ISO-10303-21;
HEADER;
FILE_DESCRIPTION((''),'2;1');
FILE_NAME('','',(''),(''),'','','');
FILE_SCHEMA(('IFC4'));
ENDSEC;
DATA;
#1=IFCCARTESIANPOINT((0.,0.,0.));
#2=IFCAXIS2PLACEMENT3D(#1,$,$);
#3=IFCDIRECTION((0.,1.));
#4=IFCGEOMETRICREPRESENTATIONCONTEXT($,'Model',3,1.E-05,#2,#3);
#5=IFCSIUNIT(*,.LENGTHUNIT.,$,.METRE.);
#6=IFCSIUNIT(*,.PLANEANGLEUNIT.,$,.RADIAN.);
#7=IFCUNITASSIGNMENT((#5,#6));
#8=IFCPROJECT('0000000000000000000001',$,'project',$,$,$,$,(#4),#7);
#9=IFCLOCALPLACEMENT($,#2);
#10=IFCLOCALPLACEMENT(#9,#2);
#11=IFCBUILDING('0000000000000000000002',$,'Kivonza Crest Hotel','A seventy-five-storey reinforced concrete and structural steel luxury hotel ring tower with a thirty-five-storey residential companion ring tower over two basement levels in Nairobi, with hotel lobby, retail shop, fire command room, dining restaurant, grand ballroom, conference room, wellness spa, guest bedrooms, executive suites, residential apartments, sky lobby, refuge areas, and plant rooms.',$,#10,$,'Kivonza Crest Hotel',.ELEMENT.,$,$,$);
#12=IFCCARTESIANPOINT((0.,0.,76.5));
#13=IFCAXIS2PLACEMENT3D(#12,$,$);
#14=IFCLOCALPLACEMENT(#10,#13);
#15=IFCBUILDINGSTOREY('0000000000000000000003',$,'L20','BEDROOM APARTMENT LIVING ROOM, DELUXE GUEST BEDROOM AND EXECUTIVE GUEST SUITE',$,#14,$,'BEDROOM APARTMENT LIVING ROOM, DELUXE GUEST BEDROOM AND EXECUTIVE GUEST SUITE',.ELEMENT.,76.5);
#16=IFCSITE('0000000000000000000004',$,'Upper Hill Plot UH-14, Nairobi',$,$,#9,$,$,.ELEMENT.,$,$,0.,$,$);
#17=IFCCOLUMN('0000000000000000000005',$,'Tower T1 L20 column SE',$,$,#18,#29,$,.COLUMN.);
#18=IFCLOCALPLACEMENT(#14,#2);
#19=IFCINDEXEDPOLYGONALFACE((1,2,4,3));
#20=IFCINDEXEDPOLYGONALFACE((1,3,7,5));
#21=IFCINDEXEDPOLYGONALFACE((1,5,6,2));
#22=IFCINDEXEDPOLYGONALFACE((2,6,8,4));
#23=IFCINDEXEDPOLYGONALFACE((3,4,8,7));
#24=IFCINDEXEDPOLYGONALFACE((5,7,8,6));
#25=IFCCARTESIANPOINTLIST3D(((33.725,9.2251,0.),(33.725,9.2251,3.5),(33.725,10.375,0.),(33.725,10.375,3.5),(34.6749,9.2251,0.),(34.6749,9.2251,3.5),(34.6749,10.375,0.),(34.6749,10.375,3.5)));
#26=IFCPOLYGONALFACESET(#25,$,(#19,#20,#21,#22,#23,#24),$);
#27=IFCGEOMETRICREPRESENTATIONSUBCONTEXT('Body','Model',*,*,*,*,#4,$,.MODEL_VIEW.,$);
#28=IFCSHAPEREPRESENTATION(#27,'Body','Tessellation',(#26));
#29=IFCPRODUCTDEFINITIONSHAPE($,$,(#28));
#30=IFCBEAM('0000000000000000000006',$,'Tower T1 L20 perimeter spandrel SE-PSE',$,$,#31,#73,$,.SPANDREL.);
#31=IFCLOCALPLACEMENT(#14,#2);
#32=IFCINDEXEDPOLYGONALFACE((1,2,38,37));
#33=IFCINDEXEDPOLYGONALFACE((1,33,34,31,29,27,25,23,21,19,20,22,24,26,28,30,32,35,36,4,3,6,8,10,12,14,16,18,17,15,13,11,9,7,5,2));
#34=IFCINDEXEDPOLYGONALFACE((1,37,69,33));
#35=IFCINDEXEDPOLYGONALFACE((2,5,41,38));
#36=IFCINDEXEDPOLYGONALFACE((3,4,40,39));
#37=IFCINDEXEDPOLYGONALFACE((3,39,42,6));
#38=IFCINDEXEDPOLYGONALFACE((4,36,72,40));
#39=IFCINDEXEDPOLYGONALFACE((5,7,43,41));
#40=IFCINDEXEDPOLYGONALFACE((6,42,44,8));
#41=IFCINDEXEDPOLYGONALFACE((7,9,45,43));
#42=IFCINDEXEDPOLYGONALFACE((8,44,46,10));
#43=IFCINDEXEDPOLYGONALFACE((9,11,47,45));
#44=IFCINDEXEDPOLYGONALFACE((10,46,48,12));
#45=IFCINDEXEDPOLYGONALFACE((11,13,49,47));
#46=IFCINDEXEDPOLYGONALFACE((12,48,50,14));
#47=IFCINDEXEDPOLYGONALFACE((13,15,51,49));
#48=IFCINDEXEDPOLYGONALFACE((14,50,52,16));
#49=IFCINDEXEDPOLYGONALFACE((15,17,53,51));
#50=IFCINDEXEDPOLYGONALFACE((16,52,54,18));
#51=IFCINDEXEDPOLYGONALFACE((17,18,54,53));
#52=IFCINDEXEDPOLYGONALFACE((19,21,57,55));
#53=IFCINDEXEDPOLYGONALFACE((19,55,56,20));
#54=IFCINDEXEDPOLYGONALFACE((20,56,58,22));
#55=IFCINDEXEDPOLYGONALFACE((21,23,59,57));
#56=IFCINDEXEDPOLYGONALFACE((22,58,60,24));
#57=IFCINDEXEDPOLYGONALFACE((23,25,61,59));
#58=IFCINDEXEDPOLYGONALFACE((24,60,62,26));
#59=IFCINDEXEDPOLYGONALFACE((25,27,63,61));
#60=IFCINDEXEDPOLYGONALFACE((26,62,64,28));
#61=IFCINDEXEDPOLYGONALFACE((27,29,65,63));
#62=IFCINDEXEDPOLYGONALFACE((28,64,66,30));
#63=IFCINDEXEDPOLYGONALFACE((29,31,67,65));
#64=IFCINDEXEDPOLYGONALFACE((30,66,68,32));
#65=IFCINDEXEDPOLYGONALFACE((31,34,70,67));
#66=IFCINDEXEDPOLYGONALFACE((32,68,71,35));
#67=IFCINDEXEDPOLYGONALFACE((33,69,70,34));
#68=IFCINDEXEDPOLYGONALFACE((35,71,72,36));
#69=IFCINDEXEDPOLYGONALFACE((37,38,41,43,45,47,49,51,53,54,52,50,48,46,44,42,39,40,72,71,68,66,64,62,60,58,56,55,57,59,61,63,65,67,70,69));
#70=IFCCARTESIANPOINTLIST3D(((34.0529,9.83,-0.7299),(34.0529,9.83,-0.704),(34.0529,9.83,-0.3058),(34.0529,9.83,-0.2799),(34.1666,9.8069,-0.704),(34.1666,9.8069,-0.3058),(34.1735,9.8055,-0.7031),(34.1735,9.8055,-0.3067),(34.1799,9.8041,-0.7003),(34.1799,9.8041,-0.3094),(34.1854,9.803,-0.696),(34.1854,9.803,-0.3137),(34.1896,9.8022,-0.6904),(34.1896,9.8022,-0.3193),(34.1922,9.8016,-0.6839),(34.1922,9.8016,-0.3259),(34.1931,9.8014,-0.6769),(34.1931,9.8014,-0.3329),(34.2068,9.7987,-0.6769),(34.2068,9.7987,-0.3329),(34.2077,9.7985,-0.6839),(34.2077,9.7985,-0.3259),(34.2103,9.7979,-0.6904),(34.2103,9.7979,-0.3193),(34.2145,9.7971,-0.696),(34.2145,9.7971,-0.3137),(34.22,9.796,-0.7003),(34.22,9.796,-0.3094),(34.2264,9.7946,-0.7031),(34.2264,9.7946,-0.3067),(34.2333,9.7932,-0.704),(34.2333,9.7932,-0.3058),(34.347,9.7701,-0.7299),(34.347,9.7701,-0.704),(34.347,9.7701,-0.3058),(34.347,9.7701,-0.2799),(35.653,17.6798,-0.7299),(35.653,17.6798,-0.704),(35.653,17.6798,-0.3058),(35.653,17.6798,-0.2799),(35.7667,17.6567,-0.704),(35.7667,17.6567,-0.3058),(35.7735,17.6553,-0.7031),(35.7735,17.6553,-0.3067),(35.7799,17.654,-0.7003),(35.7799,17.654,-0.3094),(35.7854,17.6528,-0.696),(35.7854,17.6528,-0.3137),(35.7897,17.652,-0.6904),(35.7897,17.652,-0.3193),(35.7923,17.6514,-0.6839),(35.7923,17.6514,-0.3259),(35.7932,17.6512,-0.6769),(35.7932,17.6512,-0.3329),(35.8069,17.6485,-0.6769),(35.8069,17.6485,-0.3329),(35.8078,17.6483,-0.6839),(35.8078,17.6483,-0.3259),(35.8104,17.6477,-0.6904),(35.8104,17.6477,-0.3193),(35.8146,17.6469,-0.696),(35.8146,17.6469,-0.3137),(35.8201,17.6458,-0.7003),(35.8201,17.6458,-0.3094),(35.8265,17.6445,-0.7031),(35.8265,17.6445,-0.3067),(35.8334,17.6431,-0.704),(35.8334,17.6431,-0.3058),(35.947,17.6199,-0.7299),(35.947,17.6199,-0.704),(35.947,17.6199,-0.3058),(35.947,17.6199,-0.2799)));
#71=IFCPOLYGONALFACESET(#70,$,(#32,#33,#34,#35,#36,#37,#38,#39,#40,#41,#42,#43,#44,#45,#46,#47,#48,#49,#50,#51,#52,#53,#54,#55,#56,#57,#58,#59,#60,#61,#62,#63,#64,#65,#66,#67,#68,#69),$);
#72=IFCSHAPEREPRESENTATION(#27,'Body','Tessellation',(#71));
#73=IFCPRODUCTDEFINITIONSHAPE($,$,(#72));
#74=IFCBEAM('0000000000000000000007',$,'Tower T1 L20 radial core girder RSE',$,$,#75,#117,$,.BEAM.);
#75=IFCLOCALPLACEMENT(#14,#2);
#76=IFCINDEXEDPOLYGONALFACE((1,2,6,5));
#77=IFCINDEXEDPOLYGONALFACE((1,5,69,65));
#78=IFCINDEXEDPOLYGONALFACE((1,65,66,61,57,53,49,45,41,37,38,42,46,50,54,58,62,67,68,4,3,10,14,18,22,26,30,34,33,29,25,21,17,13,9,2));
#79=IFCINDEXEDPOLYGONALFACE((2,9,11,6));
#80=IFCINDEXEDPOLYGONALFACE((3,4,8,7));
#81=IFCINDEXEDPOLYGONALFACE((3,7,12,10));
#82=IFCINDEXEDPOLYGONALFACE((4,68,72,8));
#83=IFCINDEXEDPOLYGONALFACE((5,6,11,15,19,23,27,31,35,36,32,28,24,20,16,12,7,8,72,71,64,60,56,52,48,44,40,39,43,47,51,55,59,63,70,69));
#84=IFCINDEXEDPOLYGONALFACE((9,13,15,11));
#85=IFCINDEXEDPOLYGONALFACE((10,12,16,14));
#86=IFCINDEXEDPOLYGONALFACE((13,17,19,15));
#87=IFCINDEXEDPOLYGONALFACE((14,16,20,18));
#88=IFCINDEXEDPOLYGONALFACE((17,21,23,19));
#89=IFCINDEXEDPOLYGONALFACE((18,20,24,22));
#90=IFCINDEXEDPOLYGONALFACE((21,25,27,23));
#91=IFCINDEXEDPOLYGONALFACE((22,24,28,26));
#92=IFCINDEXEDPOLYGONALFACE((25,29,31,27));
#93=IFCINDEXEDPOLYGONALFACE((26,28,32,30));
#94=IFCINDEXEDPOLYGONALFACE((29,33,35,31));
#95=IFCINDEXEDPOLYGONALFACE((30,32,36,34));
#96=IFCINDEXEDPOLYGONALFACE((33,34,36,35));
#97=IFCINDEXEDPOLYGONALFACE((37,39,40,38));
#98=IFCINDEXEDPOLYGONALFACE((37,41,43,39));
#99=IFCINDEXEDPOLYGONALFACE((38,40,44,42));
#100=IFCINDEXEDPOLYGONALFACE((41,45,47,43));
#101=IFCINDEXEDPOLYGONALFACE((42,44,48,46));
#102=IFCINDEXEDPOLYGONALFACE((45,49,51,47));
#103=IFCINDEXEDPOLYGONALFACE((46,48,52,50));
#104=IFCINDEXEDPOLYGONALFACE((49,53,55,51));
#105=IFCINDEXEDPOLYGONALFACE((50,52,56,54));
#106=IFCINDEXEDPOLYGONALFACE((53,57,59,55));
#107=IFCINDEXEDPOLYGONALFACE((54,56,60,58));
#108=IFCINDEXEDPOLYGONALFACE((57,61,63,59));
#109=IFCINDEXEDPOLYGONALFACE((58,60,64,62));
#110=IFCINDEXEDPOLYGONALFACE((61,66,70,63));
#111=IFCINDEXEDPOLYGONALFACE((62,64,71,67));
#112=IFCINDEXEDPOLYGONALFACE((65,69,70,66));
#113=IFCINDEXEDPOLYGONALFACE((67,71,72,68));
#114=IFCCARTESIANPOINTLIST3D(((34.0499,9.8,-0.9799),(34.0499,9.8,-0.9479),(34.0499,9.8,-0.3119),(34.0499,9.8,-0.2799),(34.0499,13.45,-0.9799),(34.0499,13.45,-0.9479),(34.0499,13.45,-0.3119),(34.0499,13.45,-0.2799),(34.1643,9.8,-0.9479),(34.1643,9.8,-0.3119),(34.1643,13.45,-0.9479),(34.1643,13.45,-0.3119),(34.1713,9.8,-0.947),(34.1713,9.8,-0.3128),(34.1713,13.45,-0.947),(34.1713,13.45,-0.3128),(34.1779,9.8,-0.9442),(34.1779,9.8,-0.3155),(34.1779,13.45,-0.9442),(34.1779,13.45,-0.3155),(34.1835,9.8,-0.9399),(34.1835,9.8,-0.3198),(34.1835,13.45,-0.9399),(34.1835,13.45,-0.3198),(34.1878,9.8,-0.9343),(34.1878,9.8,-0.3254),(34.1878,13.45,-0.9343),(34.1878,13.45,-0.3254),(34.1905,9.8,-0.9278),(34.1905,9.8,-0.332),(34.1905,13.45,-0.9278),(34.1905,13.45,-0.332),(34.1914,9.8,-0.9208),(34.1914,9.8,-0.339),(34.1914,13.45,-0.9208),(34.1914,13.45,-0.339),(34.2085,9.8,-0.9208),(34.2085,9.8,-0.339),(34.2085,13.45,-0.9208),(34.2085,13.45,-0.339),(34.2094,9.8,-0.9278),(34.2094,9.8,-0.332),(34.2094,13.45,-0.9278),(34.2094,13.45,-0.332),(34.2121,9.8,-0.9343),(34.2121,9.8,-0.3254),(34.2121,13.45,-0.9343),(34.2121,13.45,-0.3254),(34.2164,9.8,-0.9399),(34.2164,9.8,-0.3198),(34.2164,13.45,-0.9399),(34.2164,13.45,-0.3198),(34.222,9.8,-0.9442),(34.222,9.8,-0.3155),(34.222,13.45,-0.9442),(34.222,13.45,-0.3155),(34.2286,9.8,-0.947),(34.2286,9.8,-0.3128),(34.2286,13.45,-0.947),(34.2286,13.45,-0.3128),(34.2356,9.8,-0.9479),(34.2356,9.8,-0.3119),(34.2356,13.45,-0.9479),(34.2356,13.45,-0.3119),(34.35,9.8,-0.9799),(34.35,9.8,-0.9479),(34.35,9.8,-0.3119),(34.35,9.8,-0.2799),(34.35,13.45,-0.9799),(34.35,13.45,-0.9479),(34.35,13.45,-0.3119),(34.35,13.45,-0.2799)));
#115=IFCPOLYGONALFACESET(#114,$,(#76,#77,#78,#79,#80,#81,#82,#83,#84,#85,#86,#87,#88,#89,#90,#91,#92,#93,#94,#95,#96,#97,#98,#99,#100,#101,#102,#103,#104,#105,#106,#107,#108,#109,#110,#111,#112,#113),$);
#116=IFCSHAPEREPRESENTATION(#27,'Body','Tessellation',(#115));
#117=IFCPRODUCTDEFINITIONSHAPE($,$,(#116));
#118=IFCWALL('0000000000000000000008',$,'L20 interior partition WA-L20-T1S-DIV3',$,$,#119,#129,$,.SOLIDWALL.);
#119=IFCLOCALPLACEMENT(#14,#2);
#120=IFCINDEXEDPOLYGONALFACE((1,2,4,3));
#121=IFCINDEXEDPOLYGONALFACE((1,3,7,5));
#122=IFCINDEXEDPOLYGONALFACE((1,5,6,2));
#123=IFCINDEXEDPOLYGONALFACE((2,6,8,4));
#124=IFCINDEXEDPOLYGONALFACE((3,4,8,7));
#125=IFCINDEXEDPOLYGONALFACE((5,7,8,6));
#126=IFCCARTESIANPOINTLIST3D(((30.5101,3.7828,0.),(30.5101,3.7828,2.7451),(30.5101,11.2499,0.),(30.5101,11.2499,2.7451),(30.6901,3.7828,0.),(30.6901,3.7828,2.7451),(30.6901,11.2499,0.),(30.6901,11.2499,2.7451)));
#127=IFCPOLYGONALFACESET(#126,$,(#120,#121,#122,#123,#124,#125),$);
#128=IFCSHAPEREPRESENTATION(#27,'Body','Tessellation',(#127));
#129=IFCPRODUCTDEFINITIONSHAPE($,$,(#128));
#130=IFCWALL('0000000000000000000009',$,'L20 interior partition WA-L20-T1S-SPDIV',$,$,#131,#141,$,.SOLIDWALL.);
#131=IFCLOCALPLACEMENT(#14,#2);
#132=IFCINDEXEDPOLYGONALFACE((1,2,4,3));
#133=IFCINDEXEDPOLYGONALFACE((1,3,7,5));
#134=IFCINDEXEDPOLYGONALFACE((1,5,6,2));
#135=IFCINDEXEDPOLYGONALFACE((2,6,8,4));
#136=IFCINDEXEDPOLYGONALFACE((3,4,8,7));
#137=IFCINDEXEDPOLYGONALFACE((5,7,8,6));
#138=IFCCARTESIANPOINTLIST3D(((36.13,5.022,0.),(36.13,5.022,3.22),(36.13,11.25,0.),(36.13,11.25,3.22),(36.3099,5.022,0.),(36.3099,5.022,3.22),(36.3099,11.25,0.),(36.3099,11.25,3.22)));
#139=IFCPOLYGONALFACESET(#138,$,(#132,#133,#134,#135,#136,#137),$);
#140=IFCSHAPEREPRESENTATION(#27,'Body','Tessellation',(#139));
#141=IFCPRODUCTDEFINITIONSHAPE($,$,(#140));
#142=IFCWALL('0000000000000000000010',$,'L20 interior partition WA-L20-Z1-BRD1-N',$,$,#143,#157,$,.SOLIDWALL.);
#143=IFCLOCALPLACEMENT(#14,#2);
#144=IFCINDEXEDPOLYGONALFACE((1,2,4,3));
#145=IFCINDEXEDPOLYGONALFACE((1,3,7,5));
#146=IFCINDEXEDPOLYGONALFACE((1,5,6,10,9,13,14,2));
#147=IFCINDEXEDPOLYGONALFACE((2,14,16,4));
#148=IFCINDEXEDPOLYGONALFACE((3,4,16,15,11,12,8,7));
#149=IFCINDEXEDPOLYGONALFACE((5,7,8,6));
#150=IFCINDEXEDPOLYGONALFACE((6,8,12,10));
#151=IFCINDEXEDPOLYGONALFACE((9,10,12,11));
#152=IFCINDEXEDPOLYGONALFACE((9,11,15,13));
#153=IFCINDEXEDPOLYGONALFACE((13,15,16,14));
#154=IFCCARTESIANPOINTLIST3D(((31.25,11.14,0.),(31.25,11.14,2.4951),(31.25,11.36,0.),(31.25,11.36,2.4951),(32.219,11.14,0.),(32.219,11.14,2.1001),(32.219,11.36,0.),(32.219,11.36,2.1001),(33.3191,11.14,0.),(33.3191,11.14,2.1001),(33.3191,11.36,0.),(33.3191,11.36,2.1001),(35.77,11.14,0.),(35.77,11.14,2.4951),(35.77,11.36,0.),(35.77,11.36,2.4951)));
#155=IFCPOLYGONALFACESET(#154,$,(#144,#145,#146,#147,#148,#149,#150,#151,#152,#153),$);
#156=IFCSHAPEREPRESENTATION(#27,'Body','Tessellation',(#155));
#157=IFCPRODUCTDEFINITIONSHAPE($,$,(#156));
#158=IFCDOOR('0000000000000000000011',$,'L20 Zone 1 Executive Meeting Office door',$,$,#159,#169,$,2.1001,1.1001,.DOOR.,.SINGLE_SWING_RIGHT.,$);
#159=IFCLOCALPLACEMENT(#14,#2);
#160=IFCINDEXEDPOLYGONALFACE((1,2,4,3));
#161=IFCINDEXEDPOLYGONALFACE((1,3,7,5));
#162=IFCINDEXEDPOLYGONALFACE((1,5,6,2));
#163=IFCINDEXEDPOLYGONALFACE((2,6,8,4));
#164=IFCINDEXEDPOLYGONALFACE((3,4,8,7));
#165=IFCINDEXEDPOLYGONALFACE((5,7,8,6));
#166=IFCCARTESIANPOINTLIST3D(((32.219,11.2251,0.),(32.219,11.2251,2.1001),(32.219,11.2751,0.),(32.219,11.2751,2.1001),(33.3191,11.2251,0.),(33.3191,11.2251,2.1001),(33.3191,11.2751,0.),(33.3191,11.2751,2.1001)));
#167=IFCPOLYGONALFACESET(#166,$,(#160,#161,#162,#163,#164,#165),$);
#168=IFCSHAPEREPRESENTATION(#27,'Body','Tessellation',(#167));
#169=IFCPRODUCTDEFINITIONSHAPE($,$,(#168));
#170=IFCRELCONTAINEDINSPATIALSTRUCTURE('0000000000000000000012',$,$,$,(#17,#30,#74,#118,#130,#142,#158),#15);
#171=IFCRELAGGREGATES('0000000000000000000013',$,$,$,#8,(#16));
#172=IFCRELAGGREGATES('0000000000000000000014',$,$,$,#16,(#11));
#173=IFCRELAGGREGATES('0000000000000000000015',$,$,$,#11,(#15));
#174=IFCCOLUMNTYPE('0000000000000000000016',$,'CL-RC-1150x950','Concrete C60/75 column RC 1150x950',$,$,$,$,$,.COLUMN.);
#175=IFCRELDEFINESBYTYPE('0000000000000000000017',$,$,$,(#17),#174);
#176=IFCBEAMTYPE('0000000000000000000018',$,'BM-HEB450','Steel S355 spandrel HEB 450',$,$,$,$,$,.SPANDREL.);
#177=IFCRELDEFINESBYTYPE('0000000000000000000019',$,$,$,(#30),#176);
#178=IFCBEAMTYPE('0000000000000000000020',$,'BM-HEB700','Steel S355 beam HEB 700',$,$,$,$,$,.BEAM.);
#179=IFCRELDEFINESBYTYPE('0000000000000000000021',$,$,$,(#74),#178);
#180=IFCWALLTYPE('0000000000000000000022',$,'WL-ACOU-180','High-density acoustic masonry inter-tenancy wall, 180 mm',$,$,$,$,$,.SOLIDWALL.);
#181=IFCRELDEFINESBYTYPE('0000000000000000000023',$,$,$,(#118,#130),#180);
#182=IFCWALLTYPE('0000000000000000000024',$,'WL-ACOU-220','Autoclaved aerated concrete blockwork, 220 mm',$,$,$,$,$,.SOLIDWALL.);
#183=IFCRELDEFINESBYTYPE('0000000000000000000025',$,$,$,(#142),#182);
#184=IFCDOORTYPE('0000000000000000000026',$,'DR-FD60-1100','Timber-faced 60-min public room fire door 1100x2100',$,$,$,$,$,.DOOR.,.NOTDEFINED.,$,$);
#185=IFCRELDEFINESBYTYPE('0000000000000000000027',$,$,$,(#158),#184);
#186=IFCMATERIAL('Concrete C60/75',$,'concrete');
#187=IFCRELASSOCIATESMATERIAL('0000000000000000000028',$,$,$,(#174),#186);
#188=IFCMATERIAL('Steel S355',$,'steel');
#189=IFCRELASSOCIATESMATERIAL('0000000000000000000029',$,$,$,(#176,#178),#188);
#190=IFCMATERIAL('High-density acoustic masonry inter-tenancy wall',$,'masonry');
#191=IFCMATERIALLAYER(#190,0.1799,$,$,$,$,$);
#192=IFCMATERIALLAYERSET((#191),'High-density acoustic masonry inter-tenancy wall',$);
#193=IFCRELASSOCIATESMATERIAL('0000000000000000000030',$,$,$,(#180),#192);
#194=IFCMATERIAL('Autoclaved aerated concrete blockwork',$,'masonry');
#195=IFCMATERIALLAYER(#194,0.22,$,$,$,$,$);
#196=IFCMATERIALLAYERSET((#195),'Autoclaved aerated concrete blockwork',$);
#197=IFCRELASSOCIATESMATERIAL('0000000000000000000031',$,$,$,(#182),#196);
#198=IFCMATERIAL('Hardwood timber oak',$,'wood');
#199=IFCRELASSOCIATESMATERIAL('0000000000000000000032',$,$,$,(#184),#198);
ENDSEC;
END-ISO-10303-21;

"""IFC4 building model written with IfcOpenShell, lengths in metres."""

from ifc_helpers import new_model, si_unit, direction, frame, frame_2d, origin, origin_2d, place, context, subcontext, project, spatial, rectangle, i_section, extrude, material, layer, layer_set, material_profile, profile_set, type_object, element, fill, save


model = new_model("IFC4")

# Units and contexts
model_context = context("Model", 3, precision=1e-05, world=origin(), true_north=direction((0.0, 1.0)))
body_context = subcontext(model_context, "Body", "Model", "MODEL_VIEW")
ifc_project = project(units=[si_unit("LENGTHUNIT", "METRE"), si_unit("PLANEANGLEUNIT", "RADIAN")], contexts=[model_context])

# Site, building, storey
site_placement = place(None, origin())
site = spatial("IfcSite", under=ifc_project, at=site_placement, Name="Upper Hill Plot UH-14, Nairobi", CompositionType="ELEMENT", RefElevation=0.0)
building_placement = place(site_placement, origin())
building = spatial("IfcBuilding", under=site, at=building_placement, Name="Kivonza Crest Hotel", Description="A seventy-five-storey reinforced concrete and structural steel luxury hotel ring tower with a thirty-five-storey residential companion ring tower over two basement levels in Nairobi, with hotel lobby, retail shop, fire command room, dining restaurant, grand ballroom, conference room, wellness spa, guest bedrooms, executive suites, residential apartments, sky lobby, refuge areas, and plant rooms.", LongName="Kivonza Crest Hotel", CompositionType="ELEMENT")
storey_placement = place(building_placement, frame((0.0, 0.0, 76.5)))
storey = spatial("IfcBuildingStorey", under=building, at=storey_placement, Name="L20", Description="BEDROOM APARTMENT LIVING ROOM, DELUXE GUEST BEDROOM AND EXECUTIVE GUEST SUITE", LongName="BEDROOM APARTMENT LIVING ROOM, DELUXE GUEST BEDROOM AND EXECUTIVE GUEST SUITE", CompositionType="ELEMENT", Elevation=76.5)

# Column
ifc_material_1 = material(Name="Concrete C60/75", Category="concrete")
ifc_material_profile_1 = material_profile(ifc_material_1, rectangle(XDim=0.95, YDim=1.1499, at=origin_2d()), Name="RC 1150x950")
ifc_profile_set_1 = profile_set([ifc_material_profile_1], Name="Concrete C60/75")
column_type = type_object("IfcColumnType", Name="CL-RC-1150x950", Description="Concrete C60/75 column RC 1150x950", PredefinedType="COLUMN", material=ifc_profile_set_1)
column_placement = place(storey_placement, frame((34.2, 9.8, 0.0), z_axis=(0.0, 0.0, 1.0), x_axis=(1.0, 0.0, 0.0)))
element("IfcColumn", 1, at=column_placement, inside=storey, type_object=column_type, Name="Tower T1 L20 column SE", PredefinedType="COLUMN", context=body_context, shape_type="SweptSolid", body=[
    extrude(rectangle(XDim=0.95, YDim=1.1499, at=origin_2d()), origin(), (0.0, 0.0, 1.0), 3.5),
])

# Beams
ifc_material_2 = material(Name="Steel S355", Category="steel")
ifc_material_profile_2 = material_profile(ifc_material_2, i_section(OverallWidth=0.3, OverallDepth=0.45, WebThickness=0.0139, FlangeThickness=0.0259, FilletRadius=0.0271, at=origin_2d()), Name="HEB 450")
ifc_profile_set_2 = profile_set([ifc_material_profile_2], Name="Steel S355")
beam_type_1 = type_object("IfcBeamType", Name="BM-HEB450", Description="Steel S355 spandrel HEB 450", PredefinedType="SPANDREL", material=ifc_profile_set_2)
beam_1_placement = place(storey_placement, frame((34.2, 9.8, -0.5049), z_axis=(0.199731, 0.979851, 0.0), x_axis=(-0.979851, 0.199731, 0.0)))
element("IfcBeam", 2, at=beam_1_placement, inside=storey, type_object=beam_type_1, Name="Tower T1 L20 perimeter spandrel SE-PSE", PredefinedType="SPANDREL", context=body_context, shape_type="SweptSolid", body=[
    extrude(i_section(OverallWidth=0.3, OverallDepth=0.45, WebThickness=0.0139, FlangeThickness=0.0259, FilletRadius=0.0271, at=origin_2d()), origin(), (0.0, 0.0, 1.0), 8.0112),
])
ifc_material_profile_3 = material_profile(ifc_material_2, i_section(OverallWidth=0.3, OverallDepth=0.7, WebThickness=0.0171, FlangeThickness=0.032, FilletRadius=0.0271, at=origin_2d()), Name="HEB 700")
ifc_profile_set_3 = profile_set([ifc_material_profile_3], Name="Steel S355")
beam_type_2 = type_object("IfcBeamType", Name="BM-HEB700", Description="Steel S355 beam HEB 700", PredefinedType="BEAM", material=ifc_profile_set_3)
beam_2_placement = place(storey_placement, frame((34.2, 9.8, -0.6299), z_axis=(0.0, 1.0, 0.0), x_axis=(-1.0, 0.0, 0.0)))
element("IfcBeam", 3, at=beam_2_placement, inside=storey, type_object=beam_type_2, Name="Tower T1 L20 radial core girder RSE", PredefinedType="BEAM", context=body_context, shape_type="SweptSolid", body=[
    extrude(i_section(OverallWidth=0.3, OverallDepth=0.7, WebThickness=0.0171, FlangeThickness=0.032, FilletRadius=0.0271, at=origin_2d()), origin(), (0.0, 0.0, 1.0), 3.6499),
])

# Walls
ifc_material_3 = material(Name="High-density acoustic masonry inter-tenancy wall", Category="masonry")
ifc_layer_1 = layer(ifc_material_3, 0.1799)
ifc_layer_set_1 = layer_set([ifc_layer_1], Name="High-density acoustic masonry inter-tenancy wall")
wall_type_1 = type_object("IfcWallType", Name="WL-ACOU-180", Description="High-density acoustic masonry inter-tenancy wall, 180 mm", PredefinedType="SOLIDWALL", material=ifc_layer_set_1)
wall_1_placement = place(storey_placement, frame((30.6001, 3.783, 0.0), z_axis=(0.0, 0.0, 1.0), x_axis=(0.0, 1.0, 0.0)))
element("IfcWall", 4, at=wall_1_placement, inside=storey, type_object=wall_type_1, Name="L20 interior partition WA-L20-T1S-DIV3", PredefinedType="SOLIDWALL", context=body_context, shape_type="SweptSolid", body=[
    extrude(rectangle(XDim=7.467, YDim=0.1799, at=frame_2d((3.7334, 0.0))), origin(), (0.0, 0.0, 1.0), 2.7451),
])
wall_2_placement = place(storey_placement, frame((36.22, 5.022, 0.0), z_axis=(0.0, 0.0, 1.0), x_axis=(0.0, 1.0, 0.0)))
element("IfcWall", 5, at=wall_2_placement, inside=storey, type_object=wall_type_1, Name="L20 interior partition WA-L20-T1S-SPDIV", PredefinedType="SOLIDWALL", context=body_context, shape_type="SweptSolid", body=[
    extrude(rectangle(XDim=6.228, YDim=0.1799, at=frame_2d((3.114, 0.0))), origin(), (0.0, 0.0, 1.0), 3.22),
])

# Wall, opening, door
ifc_material_4 = material(Name="Autoclaved aerated concrete blockwork", Category="masonry")
ifc_layer_2 = layer(ifc_material_4, 0.22)
ifc_layer_set_2 = layer_set([ifc_layer_2], Name="Autoclaved aerated concrete blockwork")
wall_type_2 = type_object("IfcWallType", Name="WL-ACOU-220", Description="Autoclaved aerated concrete blockwork, 220 mm", PredefinedType="SOLIDWALL", material=ifc_layer_set_2)
wall_3_placement = place(storey_placement, frame((31.25, 11.25, 0.0), z_axis=(0.0, 0.0, 1.0), x_axis=(1.0, 0.0, 0.0)))
wall_3 = element("IfcWall", 6, at=wall_3_placement, inside=storey, type_object=wall_type_2, Name="L20 interior partition WA-L20-Z1-BRD1-N", PredefinedType="SOLIDWALL", context=body_context, shape_type="SweptSolid", body=[
    extrude(rectangle(XDim=4.52, YDim=0.22, at=frame_2d((2.26, 0.0))), origin(), (0.0, 0.0, 1.0), 2.4951),
])
opening_1_placement = place(wall_3_placement, frame((0.969, 0.0, 0.0)))
opening_1 = element("IfcOpeningElement", 7, at=opening_1_placement, cuts=wall_3, PredefinedType="OPENING", context=body_context, shape_type="SweptSolid", body=[
    extrude(rectangle(XDim=1.1001, YDim=2.1001, at=frame_2d((0.55, 1.05))), frame((0.0, 0.1201, 0.0), z_axis=(0.0, -1.0, 0.0), x_axis=(1.0, 0.0, 0.0)), (0.0, 0.0, 1.0), 0.24),
])
ifc_material_5 = material(Name="Hardwood timber oak", Category="wood")
door_type_1 = type_object("IfcDoorType", Name="DR-FD60-1100", Description="Timber-faced 60-min public room fire door 1100x2100", OperationType="NOTDEFINED", PredefinedType="DOOR", material=ifc_material_5)
door_1_placement = place(opening_1_placement, frame((1.1001, 0.0, 0.0), z_axis=(0.0, 0.0, 1.0), x_axis=(-1.0, 0.0, 0.0)))
door_1 = element("IfcDoor", 8, at=door_1_placement, inside=storey, type_object=door_type_1, Name="L20 Zone 1 Executive Meeting Office door", OperationType="SINGLE_SWING_RIGHT", OverallHeight=2.1001, OverallWidth=1.1001, PredefinedType="DOOR", context=body_context, shape_type="SweptSolid", body=[
    extrude(rectangle(XDim=1.1001, YDim=2.1001, at=frame_2d((0.55, 1.05))), frame((0.0, 0.0249, 0.0), z_axis=(0.0, -1.0, 0.0), x_axis=(1.0, 0.0, 0.0)), (0.0, 0.0, 1.0), 0.05),
])
fill(opening_1, door_1)

save(model, "model.ifc")
